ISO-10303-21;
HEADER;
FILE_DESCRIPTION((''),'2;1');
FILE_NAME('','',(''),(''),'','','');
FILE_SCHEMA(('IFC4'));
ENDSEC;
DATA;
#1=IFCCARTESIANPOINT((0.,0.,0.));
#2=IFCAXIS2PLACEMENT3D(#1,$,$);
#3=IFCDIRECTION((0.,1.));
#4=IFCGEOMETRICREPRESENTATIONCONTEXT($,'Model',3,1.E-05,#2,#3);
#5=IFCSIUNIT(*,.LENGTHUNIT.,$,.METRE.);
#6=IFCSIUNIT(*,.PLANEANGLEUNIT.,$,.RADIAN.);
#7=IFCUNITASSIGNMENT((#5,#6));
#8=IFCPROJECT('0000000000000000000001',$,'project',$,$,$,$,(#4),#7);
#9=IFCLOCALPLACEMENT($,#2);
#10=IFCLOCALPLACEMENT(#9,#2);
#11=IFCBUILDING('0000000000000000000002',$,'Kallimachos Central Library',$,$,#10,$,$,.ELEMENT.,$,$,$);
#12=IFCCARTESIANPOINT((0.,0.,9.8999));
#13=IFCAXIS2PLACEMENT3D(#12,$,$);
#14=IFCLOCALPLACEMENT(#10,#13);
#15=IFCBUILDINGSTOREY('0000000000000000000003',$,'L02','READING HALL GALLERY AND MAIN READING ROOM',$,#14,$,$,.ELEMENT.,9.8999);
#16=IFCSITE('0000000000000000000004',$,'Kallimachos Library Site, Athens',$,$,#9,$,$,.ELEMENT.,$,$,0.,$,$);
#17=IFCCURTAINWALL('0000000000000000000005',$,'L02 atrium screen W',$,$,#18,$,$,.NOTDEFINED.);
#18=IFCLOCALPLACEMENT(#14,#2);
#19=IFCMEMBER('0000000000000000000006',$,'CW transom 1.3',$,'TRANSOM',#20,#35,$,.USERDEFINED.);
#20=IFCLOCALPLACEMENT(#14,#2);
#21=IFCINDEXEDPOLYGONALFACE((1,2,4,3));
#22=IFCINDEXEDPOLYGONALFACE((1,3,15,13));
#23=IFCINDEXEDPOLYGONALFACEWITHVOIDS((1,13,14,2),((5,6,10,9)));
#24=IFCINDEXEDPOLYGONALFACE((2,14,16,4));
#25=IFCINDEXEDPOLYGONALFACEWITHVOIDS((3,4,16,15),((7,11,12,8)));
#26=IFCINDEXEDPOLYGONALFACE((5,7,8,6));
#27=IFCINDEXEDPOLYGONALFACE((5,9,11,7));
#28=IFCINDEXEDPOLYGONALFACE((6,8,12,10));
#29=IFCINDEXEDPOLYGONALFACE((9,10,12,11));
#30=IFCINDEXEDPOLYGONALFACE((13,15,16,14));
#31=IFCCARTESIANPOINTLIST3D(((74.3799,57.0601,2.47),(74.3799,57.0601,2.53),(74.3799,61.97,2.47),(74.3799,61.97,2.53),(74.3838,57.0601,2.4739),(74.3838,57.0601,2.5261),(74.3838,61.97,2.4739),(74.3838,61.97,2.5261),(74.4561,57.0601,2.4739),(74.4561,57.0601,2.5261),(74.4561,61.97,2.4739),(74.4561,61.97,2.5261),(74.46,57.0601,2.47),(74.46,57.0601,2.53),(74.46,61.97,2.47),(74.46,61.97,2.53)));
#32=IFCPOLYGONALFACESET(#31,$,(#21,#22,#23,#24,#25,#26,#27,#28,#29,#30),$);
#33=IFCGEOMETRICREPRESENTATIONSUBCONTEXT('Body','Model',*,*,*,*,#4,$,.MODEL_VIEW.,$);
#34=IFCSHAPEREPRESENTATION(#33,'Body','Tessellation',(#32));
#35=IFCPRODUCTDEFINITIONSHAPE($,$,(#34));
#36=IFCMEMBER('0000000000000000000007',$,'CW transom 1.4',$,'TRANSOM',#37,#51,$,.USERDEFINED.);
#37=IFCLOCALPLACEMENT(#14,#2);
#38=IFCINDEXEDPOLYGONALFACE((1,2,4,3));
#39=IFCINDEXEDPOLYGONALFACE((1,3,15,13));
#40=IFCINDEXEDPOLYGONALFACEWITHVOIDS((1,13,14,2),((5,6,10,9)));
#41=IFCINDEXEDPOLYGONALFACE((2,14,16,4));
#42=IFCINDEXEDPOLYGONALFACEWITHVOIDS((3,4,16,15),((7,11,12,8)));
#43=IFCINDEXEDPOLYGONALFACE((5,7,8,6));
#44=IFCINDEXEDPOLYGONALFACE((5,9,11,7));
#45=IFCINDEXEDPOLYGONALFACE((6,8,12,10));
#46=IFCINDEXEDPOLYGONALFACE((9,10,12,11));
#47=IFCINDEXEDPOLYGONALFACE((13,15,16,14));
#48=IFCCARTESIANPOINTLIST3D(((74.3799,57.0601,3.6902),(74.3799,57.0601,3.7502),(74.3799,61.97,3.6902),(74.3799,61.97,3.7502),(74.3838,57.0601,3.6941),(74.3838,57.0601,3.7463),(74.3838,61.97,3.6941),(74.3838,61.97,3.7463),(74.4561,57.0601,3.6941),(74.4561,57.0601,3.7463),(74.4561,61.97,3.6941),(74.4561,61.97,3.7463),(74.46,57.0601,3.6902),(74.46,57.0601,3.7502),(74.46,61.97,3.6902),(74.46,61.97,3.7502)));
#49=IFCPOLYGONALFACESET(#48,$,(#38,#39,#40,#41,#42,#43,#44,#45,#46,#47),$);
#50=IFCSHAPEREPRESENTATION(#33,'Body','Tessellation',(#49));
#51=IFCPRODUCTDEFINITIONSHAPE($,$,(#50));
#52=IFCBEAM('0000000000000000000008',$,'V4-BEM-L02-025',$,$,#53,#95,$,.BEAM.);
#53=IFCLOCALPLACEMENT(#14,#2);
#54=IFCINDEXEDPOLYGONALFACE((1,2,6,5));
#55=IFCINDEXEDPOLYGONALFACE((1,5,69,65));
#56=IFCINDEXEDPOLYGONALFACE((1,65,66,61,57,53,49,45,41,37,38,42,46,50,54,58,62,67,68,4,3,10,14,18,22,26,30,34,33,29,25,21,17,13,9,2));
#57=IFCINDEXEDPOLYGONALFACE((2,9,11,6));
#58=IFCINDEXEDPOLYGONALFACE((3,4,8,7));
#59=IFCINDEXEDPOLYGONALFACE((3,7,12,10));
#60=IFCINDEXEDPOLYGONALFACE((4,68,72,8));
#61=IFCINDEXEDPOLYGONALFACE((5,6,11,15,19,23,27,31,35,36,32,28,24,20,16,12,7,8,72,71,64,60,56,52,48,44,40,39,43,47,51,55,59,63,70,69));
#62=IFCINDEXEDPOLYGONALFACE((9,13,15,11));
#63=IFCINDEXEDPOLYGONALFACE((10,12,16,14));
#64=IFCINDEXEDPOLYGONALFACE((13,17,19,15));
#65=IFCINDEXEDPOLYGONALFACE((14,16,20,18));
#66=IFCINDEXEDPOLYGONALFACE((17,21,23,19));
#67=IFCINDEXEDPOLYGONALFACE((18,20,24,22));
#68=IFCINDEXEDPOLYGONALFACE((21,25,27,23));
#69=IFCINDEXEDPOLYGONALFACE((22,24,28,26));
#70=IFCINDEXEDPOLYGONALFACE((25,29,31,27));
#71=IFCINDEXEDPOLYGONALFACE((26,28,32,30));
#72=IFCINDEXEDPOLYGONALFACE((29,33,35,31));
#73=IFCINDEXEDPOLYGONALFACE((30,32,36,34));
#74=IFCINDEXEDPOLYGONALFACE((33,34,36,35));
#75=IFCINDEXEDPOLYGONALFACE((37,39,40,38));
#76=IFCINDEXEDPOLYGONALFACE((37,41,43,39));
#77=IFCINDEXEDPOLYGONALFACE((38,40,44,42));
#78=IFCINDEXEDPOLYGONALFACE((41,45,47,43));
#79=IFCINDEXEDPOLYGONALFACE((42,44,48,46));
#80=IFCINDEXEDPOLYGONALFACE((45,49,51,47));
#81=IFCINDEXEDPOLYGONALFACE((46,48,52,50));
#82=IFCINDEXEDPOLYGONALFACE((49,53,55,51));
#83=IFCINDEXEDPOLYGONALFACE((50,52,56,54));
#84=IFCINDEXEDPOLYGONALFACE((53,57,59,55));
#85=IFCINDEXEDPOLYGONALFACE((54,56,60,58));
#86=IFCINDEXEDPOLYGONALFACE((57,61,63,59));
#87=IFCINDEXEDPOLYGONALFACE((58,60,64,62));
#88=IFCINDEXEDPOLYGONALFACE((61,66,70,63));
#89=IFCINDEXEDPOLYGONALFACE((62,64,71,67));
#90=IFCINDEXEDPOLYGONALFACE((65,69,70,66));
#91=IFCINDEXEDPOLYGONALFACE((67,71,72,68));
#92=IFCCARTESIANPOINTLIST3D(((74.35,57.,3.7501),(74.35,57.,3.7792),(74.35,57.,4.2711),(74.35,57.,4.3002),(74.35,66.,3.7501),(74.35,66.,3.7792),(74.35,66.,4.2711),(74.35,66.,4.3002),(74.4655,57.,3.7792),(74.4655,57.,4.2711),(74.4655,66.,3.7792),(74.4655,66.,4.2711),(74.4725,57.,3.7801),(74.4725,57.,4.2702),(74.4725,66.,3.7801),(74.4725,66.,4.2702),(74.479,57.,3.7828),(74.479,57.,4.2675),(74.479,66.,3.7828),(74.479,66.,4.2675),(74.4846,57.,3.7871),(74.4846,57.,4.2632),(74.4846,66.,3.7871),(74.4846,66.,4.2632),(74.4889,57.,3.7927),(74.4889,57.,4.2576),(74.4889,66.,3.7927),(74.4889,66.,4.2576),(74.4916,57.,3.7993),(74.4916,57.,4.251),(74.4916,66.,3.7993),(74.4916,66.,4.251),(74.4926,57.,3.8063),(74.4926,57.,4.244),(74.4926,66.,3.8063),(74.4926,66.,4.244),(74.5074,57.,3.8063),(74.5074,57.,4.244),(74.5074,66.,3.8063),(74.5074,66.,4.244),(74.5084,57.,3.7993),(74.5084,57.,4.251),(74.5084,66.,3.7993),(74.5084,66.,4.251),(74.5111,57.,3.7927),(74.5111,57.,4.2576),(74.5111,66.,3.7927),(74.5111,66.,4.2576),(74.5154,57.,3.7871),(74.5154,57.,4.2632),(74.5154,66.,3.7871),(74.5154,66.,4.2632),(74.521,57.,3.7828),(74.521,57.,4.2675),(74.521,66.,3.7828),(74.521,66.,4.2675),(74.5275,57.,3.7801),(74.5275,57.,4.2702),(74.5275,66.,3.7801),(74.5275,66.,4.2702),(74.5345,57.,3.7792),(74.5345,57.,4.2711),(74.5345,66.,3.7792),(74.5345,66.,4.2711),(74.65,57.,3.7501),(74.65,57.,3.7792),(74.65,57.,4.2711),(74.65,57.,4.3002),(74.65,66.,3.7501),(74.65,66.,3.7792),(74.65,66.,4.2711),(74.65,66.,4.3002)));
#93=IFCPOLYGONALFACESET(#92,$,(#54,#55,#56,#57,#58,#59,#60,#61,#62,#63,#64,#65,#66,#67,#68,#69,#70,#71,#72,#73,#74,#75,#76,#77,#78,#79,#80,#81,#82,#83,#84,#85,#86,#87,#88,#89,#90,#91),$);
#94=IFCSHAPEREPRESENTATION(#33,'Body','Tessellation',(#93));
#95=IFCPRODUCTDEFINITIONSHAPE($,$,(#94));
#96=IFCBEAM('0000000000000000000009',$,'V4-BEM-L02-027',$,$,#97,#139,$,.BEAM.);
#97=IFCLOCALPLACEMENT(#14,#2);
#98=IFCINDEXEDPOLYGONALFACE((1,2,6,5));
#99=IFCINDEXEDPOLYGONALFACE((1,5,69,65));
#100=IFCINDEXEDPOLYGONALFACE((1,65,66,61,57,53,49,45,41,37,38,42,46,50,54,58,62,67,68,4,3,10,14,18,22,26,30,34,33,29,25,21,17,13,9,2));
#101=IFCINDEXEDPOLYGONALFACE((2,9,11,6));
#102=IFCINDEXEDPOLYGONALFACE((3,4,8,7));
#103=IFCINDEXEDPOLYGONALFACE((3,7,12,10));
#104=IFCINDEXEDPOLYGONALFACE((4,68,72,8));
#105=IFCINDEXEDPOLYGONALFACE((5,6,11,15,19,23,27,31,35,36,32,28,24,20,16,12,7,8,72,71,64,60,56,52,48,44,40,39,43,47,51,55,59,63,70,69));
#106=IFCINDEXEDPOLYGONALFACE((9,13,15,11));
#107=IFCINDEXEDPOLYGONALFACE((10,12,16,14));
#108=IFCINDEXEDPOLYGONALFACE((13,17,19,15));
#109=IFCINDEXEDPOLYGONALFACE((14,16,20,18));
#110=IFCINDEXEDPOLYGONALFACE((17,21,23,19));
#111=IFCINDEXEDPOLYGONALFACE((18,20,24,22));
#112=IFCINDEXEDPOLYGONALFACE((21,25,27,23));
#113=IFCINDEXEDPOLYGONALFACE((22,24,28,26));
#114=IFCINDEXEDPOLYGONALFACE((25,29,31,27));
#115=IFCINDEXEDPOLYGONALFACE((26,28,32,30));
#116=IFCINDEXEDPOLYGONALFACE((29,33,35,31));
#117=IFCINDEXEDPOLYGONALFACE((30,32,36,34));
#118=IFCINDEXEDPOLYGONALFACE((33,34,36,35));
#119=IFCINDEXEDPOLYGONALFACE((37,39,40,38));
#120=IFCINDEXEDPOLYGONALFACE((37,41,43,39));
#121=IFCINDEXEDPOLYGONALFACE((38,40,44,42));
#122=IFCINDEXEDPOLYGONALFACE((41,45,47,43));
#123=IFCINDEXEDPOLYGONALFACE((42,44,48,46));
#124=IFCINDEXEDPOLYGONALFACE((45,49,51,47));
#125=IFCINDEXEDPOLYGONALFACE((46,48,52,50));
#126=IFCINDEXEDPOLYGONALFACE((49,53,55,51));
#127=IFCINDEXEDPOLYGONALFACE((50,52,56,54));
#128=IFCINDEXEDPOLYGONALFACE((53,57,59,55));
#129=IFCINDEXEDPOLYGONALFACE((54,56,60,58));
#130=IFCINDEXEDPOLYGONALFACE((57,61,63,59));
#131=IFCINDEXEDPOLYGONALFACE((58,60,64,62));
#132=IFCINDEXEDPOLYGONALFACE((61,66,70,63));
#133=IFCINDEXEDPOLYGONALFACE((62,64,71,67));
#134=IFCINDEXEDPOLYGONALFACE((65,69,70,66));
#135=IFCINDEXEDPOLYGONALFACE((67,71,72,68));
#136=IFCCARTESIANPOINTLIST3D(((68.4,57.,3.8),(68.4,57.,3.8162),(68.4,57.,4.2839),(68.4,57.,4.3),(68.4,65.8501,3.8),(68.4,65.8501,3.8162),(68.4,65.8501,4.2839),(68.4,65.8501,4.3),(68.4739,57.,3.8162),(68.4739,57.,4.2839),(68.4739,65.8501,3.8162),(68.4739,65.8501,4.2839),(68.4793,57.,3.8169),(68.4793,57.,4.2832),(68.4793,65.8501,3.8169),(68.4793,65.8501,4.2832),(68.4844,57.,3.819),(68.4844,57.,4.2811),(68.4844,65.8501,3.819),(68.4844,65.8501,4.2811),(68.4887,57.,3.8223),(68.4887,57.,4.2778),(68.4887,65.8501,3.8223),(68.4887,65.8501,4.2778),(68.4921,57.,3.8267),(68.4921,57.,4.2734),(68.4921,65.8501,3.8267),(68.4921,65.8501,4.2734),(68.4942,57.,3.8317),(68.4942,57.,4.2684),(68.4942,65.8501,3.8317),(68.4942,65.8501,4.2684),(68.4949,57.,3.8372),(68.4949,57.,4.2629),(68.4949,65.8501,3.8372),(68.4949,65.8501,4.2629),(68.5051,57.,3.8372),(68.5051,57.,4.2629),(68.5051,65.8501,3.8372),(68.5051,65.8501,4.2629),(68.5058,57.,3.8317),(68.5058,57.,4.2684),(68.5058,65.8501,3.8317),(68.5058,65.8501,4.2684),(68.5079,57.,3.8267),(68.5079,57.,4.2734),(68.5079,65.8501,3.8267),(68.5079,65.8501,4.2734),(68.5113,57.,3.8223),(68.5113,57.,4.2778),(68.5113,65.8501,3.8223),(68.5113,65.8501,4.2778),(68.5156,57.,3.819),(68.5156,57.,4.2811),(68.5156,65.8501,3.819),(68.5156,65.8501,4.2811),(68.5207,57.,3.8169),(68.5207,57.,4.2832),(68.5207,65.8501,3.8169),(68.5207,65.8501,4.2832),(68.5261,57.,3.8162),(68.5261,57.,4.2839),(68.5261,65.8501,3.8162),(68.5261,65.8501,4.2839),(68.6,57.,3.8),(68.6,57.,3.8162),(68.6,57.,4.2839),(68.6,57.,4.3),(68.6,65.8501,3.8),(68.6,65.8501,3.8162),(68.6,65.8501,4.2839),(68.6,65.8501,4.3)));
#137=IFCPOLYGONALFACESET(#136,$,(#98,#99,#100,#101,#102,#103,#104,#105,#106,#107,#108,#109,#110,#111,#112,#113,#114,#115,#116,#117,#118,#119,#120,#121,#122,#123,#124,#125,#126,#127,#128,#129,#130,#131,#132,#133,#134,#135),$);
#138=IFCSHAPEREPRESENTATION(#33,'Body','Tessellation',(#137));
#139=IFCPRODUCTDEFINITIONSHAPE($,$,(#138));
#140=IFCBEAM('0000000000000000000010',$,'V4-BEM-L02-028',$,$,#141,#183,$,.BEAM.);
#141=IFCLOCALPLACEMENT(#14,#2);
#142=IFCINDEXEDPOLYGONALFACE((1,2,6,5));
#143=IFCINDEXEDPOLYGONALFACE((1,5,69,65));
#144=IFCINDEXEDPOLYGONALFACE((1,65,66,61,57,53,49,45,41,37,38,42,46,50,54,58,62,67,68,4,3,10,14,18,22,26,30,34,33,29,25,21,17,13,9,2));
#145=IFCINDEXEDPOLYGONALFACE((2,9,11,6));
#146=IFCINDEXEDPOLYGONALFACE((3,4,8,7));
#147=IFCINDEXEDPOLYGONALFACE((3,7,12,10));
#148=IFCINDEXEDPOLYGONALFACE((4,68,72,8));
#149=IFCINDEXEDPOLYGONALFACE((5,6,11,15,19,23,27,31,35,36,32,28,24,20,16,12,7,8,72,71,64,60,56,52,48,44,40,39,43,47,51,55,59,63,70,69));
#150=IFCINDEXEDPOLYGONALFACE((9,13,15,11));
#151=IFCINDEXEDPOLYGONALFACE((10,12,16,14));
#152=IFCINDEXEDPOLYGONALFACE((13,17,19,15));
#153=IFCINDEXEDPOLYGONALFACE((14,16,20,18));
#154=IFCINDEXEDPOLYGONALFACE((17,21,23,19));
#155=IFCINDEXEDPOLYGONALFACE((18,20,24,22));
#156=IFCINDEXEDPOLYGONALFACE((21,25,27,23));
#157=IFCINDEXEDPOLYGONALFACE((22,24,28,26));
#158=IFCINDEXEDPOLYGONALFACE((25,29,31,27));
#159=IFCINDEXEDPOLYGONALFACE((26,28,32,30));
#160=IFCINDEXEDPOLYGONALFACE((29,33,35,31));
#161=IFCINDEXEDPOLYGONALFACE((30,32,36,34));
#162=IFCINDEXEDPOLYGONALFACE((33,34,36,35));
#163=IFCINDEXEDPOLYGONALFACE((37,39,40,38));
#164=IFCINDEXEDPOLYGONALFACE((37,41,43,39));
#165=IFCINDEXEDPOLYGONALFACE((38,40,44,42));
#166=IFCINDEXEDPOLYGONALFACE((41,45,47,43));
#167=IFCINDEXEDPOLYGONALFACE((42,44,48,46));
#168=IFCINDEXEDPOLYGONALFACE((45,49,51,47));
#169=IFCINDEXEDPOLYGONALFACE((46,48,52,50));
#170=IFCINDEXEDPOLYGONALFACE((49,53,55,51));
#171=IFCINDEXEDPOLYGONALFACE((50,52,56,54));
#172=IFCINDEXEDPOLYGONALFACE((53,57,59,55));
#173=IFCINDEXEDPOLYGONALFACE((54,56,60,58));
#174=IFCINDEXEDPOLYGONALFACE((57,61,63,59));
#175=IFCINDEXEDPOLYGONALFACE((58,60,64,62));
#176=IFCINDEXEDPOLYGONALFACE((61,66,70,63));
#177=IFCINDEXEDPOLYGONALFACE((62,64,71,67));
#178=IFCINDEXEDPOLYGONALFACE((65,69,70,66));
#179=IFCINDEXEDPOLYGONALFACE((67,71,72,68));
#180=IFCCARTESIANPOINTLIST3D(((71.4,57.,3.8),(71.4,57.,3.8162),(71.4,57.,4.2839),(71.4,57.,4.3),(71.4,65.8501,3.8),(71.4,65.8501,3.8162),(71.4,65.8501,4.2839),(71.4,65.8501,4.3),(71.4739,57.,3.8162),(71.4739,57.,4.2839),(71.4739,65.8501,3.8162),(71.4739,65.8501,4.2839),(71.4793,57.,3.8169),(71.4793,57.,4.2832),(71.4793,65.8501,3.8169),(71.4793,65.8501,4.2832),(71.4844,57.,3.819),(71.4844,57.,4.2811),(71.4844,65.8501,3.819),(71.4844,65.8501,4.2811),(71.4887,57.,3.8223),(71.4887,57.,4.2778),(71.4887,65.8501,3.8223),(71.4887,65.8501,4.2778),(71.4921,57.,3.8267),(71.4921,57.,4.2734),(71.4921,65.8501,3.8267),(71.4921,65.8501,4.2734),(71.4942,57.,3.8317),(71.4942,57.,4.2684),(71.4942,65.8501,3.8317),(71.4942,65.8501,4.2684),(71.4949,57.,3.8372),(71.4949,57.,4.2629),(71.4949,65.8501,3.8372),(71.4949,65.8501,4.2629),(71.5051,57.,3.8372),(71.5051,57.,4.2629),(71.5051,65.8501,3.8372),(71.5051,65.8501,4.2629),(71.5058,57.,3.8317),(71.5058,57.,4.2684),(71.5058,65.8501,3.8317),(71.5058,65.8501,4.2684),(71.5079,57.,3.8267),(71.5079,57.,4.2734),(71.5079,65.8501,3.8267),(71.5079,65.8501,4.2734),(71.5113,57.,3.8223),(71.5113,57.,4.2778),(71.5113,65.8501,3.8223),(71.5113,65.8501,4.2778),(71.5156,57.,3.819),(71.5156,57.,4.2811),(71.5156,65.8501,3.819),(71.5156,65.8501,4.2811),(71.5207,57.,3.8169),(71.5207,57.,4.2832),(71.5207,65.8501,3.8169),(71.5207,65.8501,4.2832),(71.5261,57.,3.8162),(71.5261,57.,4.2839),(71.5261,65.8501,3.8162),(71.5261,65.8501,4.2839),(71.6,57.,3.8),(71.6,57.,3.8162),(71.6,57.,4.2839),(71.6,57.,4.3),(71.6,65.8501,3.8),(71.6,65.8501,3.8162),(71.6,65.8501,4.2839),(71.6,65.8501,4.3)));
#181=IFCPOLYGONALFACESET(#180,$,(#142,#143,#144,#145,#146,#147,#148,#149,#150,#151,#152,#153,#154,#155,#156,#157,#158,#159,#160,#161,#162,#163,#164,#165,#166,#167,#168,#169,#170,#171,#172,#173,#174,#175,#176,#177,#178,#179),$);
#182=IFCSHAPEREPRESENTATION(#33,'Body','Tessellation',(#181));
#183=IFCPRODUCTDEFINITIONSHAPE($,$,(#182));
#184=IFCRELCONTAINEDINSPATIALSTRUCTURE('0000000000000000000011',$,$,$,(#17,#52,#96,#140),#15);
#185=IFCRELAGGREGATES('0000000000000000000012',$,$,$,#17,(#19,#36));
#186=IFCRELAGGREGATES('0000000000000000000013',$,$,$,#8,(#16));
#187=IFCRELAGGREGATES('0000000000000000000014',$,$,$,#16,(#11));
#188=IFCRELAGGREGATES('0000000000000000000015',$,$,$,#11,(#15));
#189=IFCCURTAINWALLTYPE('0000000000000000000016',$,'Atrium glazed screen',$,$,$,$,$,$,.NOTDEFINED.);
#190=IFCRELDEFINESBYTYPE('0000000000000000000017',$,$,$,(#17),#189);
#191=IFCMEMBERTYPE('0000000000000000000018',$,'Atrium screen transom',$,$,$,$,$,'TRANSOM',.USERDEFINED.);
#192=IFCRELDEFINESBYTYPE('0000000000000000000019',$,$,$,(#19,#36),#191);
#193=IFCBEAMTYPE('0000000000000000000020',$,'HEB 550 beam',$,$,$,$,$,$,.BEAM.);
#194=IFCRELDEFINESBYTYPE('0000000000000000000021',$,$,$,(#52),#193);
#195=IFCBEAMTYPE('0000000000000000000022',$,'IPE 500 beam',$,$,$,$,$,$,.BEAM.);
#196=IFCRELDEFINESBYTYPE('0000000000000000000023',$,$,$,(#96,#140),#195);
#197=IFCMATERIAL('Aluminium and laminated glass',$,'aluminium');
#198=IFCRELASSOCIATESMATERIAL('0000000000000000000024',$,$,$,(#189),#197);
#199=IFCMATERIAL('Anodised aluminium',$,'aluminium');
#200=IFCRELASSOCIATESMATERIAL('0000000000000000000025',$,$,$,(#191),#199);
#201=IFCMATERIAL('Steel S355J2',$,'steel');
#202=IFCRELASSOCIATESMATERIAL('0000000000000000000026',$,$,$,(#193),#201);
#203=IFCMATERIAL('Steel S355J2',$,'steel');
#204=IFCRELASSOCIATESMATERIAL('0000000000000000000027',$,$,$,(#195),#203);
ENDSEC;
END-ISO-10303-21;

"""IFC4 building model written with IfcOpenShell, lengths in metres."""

from ifc_helpers import new_model, si_unit, direction, frame, origin, origin_2d, place, context, subcontext, project, spatial, hollow_rectangle, i_section, extrude, material, material_profile, profile_set, type_object, element, aggregate, save


model = new_model("IFC4")

# Units and contexts
model_context = context("Model", 3, precision=1e-05, world=origin(), true_north=direction((0.0, 1.0)))
body_context = subcontext(model_context, "Body", "Model", "MODEL_VIEW")
ifc_project = project(units=[si_unit("LENGTHUNIT", "METRE"), si_unit("PLANEANGLEUNIT", "RADIAN")], contexts=[model_context])

# Site, building, storey
site_placement = place(None, origin())
site = spatial("IfcSite", under=ifc_project, at=site_placement, Name="Kallimachos Library Site, Athens", CompositionType="ELEMENT", RefElevation=0.0)
building_placement = place(site_placement, origin())
building = spatial("IfcBuilding", under=site, at=building_placement, Name="Kallimachos Central Library", CompositionType="ELEMENT")
storey_placement = place(building_placement, frame((0.0, 0.0, 9.8999)))
storey = spatial("IfcBuildingStorey", under=building, at=storey_placement, Name="L02", Description="READING HALL GALLERY AND MAIN READING ROOM", CompositionType="ELEMENT", Elevation=9.8999)

# Curtain wall
ifc_material_1 = material(Name="Aluminium and laminated glass", Category="aluminium")
curtain_wall_type = type_object("IfcCurtainWallType", Name="Atrium glazed screen", PredefinedType="NOTDEFINED", material=ifc_material_1)
curtain_wall_1_placement = place(storey_placement, origin())
curtain_wall_1 = element("IfcCurtainWall", 1, at=curtain_wall_1_placement, inside=storey, type_object=curtain_wall_type, Name="L02 atrium screen W", PredefinedType="NOTDEFINED")

# Members
ifc_material_2 = material(Name="Anodised aluminium", Category="aluminium")
ifc_material_profile_1 = material_profile(ifc_material_2, hollow_rectangle(XDim=0.0601, YDim=0.0801, WallThickness=0.0039, at=origin_2d()), Name="ALU TRANSOM 60x80")
ifc_profile_set_1 = profile_set([ifc_material_profile_1], Name="Anodised aluminium")
member_type_1 = type_object("IfcMemberType", Name="Atrium screen transom", ElementType="TRANSOM", PredefinedType="USERDEFINED", material=ifc_profile_set_1)
member_1_placement = place(storey_placement, frame((74.4199, 57.0601, 2.5), z_axis=(0.0, 1.0, 0.0), x_axis=(0.0, 0.0, 1.0)))
member_1 = element("IfcMember", 2, at=member_1_placement, type_object=member_type_1, Name="CW transom 1.3", ObjectType="TRANSOM", PredefinedType="USERDEFINED", context=body_context, shape_type="SweptSolid", body=[
    extrude(hollow_rectangle(XDim=0.0601, YDim=0.0801, WallThickness=0.0039, at=origin_2d()), origin(), (0.0, 0.0, 1.0), 4.9099),
])
member_2_placement = place(storey_placement, frame((74.4199, 57.0601, 3.7202), z_axis=(0.0, 1.0, 0.0), x_axis=(0.0, 0.0, 1.0)))
member_2 = element("IfcMember", 3, at=member_2_placement, type_object=member_type_1, Name="CW transom 1.4", ObjectType="TRANSOM", PredefinedType="USERDEFINED", context=body_context, shape_type="SweptSolid", body=[
    extrude(hollow_rectangle(XDim=0.0601, YDim=0.0801, WallThickness=0.0039, at=origin_2d()), origin(), (0.0, 0.0, 1.0), 4.9099),
])
aggregate(curtain_wall_1, [member_1, member_2])

# Beams
ifc_material_3 = material(Name="Steel S355J2", Category="steel")
ifc_material_profile_2 = material_profile(ifc_material_3, i_section(OverallWidth=0.3, OverallDepth=0.55, WebThickness=0.0149, FlangeThickness=0.0291, FilletRadius=0.0271, at=origin_2d()), Name="HEB 550")
ifc_profile_set_2 = profile_set([ifc_material_profile_2], Name="Steel S355J2")
beam_type_1 = type_object("IfcBeamType", Name="HEB 550 beam", PredefinedType="BEAM", material=ifc_profile_set_2)
beam_placement = place(storey_placement, frame((74.5, 57.0, 4.0251), z_axis=(0.0, 1.0, 0.0), x_axis=(-1.0, 0.0, 0.0)))
element("IfcBeam", 4, at=beam_placement, inside=storey, type_object=beam_type_1, Name="V4-BEM-L02-025", PredefinedType="BEAM", context=body_context, shape_type="SweptSolid", body=[
    extrude(i_section(OverallWidth=0.3, OverallDepth=0.55, WebThickness=0.0149, FlangeThickness=0.0291, FilletRadius=0.0271, at=origin_2d()), origin(), (0.0, 0.0, 1.0), 9.0),
])
ifc_material_4 = material(Name="Steel S355J2", Category="steel")
ifc_material_profile_3 = material_profile(ifc_material_4, i_section(OverallWidth=0.2, OverallDepth=0.5, WebThickness=0.0103, FlangeThickness=0.0161, FilletRadius=0.021, at=origin_2d()), Name="IPE 500")
ifc_profile_set_3 = profile_set([ifc_material_profile_3], Name="Steel S355J2")
beam_type_2 = type_object("IfcBeamType", Name="IPE 500 beam", PredefinedType="BEAM", material=ifc_profile_set_3)
for number, where, z_axis, x_axis, name in (
    (5, (68.5, 57.0, 4.05), (0.0, 1.0, 0.0), (-1.0, 0.0, 0.0), "V4-BEM-L02-027"),
    (6, (71.5, 57.0, 4.05), (0.0, 1.0, 0.0), (-1.0, 0.0, 0.0), "V4-BEM-L02-028"),
):
    element("IfcBeam", number, at=place(storey_placement, frame(where, z_axis=z_axis, x_axis=x_axis)), inside=storey, type_object=beam_type_2, Name=name, PredefinedType="BEAM", context=body_context, shape_type="SweptSolid", body=[
        extrude(i_section(OverallWidth=0.2, OverallDepth=0.5, WebThickness=0.0103, FlangeThickness=0.0161, FilletRadius=0.021, at=origin_2d()), origin(), (0.0, 0.0, 1.0), 8.8501),
    ])

save(model, "model.ifc")
